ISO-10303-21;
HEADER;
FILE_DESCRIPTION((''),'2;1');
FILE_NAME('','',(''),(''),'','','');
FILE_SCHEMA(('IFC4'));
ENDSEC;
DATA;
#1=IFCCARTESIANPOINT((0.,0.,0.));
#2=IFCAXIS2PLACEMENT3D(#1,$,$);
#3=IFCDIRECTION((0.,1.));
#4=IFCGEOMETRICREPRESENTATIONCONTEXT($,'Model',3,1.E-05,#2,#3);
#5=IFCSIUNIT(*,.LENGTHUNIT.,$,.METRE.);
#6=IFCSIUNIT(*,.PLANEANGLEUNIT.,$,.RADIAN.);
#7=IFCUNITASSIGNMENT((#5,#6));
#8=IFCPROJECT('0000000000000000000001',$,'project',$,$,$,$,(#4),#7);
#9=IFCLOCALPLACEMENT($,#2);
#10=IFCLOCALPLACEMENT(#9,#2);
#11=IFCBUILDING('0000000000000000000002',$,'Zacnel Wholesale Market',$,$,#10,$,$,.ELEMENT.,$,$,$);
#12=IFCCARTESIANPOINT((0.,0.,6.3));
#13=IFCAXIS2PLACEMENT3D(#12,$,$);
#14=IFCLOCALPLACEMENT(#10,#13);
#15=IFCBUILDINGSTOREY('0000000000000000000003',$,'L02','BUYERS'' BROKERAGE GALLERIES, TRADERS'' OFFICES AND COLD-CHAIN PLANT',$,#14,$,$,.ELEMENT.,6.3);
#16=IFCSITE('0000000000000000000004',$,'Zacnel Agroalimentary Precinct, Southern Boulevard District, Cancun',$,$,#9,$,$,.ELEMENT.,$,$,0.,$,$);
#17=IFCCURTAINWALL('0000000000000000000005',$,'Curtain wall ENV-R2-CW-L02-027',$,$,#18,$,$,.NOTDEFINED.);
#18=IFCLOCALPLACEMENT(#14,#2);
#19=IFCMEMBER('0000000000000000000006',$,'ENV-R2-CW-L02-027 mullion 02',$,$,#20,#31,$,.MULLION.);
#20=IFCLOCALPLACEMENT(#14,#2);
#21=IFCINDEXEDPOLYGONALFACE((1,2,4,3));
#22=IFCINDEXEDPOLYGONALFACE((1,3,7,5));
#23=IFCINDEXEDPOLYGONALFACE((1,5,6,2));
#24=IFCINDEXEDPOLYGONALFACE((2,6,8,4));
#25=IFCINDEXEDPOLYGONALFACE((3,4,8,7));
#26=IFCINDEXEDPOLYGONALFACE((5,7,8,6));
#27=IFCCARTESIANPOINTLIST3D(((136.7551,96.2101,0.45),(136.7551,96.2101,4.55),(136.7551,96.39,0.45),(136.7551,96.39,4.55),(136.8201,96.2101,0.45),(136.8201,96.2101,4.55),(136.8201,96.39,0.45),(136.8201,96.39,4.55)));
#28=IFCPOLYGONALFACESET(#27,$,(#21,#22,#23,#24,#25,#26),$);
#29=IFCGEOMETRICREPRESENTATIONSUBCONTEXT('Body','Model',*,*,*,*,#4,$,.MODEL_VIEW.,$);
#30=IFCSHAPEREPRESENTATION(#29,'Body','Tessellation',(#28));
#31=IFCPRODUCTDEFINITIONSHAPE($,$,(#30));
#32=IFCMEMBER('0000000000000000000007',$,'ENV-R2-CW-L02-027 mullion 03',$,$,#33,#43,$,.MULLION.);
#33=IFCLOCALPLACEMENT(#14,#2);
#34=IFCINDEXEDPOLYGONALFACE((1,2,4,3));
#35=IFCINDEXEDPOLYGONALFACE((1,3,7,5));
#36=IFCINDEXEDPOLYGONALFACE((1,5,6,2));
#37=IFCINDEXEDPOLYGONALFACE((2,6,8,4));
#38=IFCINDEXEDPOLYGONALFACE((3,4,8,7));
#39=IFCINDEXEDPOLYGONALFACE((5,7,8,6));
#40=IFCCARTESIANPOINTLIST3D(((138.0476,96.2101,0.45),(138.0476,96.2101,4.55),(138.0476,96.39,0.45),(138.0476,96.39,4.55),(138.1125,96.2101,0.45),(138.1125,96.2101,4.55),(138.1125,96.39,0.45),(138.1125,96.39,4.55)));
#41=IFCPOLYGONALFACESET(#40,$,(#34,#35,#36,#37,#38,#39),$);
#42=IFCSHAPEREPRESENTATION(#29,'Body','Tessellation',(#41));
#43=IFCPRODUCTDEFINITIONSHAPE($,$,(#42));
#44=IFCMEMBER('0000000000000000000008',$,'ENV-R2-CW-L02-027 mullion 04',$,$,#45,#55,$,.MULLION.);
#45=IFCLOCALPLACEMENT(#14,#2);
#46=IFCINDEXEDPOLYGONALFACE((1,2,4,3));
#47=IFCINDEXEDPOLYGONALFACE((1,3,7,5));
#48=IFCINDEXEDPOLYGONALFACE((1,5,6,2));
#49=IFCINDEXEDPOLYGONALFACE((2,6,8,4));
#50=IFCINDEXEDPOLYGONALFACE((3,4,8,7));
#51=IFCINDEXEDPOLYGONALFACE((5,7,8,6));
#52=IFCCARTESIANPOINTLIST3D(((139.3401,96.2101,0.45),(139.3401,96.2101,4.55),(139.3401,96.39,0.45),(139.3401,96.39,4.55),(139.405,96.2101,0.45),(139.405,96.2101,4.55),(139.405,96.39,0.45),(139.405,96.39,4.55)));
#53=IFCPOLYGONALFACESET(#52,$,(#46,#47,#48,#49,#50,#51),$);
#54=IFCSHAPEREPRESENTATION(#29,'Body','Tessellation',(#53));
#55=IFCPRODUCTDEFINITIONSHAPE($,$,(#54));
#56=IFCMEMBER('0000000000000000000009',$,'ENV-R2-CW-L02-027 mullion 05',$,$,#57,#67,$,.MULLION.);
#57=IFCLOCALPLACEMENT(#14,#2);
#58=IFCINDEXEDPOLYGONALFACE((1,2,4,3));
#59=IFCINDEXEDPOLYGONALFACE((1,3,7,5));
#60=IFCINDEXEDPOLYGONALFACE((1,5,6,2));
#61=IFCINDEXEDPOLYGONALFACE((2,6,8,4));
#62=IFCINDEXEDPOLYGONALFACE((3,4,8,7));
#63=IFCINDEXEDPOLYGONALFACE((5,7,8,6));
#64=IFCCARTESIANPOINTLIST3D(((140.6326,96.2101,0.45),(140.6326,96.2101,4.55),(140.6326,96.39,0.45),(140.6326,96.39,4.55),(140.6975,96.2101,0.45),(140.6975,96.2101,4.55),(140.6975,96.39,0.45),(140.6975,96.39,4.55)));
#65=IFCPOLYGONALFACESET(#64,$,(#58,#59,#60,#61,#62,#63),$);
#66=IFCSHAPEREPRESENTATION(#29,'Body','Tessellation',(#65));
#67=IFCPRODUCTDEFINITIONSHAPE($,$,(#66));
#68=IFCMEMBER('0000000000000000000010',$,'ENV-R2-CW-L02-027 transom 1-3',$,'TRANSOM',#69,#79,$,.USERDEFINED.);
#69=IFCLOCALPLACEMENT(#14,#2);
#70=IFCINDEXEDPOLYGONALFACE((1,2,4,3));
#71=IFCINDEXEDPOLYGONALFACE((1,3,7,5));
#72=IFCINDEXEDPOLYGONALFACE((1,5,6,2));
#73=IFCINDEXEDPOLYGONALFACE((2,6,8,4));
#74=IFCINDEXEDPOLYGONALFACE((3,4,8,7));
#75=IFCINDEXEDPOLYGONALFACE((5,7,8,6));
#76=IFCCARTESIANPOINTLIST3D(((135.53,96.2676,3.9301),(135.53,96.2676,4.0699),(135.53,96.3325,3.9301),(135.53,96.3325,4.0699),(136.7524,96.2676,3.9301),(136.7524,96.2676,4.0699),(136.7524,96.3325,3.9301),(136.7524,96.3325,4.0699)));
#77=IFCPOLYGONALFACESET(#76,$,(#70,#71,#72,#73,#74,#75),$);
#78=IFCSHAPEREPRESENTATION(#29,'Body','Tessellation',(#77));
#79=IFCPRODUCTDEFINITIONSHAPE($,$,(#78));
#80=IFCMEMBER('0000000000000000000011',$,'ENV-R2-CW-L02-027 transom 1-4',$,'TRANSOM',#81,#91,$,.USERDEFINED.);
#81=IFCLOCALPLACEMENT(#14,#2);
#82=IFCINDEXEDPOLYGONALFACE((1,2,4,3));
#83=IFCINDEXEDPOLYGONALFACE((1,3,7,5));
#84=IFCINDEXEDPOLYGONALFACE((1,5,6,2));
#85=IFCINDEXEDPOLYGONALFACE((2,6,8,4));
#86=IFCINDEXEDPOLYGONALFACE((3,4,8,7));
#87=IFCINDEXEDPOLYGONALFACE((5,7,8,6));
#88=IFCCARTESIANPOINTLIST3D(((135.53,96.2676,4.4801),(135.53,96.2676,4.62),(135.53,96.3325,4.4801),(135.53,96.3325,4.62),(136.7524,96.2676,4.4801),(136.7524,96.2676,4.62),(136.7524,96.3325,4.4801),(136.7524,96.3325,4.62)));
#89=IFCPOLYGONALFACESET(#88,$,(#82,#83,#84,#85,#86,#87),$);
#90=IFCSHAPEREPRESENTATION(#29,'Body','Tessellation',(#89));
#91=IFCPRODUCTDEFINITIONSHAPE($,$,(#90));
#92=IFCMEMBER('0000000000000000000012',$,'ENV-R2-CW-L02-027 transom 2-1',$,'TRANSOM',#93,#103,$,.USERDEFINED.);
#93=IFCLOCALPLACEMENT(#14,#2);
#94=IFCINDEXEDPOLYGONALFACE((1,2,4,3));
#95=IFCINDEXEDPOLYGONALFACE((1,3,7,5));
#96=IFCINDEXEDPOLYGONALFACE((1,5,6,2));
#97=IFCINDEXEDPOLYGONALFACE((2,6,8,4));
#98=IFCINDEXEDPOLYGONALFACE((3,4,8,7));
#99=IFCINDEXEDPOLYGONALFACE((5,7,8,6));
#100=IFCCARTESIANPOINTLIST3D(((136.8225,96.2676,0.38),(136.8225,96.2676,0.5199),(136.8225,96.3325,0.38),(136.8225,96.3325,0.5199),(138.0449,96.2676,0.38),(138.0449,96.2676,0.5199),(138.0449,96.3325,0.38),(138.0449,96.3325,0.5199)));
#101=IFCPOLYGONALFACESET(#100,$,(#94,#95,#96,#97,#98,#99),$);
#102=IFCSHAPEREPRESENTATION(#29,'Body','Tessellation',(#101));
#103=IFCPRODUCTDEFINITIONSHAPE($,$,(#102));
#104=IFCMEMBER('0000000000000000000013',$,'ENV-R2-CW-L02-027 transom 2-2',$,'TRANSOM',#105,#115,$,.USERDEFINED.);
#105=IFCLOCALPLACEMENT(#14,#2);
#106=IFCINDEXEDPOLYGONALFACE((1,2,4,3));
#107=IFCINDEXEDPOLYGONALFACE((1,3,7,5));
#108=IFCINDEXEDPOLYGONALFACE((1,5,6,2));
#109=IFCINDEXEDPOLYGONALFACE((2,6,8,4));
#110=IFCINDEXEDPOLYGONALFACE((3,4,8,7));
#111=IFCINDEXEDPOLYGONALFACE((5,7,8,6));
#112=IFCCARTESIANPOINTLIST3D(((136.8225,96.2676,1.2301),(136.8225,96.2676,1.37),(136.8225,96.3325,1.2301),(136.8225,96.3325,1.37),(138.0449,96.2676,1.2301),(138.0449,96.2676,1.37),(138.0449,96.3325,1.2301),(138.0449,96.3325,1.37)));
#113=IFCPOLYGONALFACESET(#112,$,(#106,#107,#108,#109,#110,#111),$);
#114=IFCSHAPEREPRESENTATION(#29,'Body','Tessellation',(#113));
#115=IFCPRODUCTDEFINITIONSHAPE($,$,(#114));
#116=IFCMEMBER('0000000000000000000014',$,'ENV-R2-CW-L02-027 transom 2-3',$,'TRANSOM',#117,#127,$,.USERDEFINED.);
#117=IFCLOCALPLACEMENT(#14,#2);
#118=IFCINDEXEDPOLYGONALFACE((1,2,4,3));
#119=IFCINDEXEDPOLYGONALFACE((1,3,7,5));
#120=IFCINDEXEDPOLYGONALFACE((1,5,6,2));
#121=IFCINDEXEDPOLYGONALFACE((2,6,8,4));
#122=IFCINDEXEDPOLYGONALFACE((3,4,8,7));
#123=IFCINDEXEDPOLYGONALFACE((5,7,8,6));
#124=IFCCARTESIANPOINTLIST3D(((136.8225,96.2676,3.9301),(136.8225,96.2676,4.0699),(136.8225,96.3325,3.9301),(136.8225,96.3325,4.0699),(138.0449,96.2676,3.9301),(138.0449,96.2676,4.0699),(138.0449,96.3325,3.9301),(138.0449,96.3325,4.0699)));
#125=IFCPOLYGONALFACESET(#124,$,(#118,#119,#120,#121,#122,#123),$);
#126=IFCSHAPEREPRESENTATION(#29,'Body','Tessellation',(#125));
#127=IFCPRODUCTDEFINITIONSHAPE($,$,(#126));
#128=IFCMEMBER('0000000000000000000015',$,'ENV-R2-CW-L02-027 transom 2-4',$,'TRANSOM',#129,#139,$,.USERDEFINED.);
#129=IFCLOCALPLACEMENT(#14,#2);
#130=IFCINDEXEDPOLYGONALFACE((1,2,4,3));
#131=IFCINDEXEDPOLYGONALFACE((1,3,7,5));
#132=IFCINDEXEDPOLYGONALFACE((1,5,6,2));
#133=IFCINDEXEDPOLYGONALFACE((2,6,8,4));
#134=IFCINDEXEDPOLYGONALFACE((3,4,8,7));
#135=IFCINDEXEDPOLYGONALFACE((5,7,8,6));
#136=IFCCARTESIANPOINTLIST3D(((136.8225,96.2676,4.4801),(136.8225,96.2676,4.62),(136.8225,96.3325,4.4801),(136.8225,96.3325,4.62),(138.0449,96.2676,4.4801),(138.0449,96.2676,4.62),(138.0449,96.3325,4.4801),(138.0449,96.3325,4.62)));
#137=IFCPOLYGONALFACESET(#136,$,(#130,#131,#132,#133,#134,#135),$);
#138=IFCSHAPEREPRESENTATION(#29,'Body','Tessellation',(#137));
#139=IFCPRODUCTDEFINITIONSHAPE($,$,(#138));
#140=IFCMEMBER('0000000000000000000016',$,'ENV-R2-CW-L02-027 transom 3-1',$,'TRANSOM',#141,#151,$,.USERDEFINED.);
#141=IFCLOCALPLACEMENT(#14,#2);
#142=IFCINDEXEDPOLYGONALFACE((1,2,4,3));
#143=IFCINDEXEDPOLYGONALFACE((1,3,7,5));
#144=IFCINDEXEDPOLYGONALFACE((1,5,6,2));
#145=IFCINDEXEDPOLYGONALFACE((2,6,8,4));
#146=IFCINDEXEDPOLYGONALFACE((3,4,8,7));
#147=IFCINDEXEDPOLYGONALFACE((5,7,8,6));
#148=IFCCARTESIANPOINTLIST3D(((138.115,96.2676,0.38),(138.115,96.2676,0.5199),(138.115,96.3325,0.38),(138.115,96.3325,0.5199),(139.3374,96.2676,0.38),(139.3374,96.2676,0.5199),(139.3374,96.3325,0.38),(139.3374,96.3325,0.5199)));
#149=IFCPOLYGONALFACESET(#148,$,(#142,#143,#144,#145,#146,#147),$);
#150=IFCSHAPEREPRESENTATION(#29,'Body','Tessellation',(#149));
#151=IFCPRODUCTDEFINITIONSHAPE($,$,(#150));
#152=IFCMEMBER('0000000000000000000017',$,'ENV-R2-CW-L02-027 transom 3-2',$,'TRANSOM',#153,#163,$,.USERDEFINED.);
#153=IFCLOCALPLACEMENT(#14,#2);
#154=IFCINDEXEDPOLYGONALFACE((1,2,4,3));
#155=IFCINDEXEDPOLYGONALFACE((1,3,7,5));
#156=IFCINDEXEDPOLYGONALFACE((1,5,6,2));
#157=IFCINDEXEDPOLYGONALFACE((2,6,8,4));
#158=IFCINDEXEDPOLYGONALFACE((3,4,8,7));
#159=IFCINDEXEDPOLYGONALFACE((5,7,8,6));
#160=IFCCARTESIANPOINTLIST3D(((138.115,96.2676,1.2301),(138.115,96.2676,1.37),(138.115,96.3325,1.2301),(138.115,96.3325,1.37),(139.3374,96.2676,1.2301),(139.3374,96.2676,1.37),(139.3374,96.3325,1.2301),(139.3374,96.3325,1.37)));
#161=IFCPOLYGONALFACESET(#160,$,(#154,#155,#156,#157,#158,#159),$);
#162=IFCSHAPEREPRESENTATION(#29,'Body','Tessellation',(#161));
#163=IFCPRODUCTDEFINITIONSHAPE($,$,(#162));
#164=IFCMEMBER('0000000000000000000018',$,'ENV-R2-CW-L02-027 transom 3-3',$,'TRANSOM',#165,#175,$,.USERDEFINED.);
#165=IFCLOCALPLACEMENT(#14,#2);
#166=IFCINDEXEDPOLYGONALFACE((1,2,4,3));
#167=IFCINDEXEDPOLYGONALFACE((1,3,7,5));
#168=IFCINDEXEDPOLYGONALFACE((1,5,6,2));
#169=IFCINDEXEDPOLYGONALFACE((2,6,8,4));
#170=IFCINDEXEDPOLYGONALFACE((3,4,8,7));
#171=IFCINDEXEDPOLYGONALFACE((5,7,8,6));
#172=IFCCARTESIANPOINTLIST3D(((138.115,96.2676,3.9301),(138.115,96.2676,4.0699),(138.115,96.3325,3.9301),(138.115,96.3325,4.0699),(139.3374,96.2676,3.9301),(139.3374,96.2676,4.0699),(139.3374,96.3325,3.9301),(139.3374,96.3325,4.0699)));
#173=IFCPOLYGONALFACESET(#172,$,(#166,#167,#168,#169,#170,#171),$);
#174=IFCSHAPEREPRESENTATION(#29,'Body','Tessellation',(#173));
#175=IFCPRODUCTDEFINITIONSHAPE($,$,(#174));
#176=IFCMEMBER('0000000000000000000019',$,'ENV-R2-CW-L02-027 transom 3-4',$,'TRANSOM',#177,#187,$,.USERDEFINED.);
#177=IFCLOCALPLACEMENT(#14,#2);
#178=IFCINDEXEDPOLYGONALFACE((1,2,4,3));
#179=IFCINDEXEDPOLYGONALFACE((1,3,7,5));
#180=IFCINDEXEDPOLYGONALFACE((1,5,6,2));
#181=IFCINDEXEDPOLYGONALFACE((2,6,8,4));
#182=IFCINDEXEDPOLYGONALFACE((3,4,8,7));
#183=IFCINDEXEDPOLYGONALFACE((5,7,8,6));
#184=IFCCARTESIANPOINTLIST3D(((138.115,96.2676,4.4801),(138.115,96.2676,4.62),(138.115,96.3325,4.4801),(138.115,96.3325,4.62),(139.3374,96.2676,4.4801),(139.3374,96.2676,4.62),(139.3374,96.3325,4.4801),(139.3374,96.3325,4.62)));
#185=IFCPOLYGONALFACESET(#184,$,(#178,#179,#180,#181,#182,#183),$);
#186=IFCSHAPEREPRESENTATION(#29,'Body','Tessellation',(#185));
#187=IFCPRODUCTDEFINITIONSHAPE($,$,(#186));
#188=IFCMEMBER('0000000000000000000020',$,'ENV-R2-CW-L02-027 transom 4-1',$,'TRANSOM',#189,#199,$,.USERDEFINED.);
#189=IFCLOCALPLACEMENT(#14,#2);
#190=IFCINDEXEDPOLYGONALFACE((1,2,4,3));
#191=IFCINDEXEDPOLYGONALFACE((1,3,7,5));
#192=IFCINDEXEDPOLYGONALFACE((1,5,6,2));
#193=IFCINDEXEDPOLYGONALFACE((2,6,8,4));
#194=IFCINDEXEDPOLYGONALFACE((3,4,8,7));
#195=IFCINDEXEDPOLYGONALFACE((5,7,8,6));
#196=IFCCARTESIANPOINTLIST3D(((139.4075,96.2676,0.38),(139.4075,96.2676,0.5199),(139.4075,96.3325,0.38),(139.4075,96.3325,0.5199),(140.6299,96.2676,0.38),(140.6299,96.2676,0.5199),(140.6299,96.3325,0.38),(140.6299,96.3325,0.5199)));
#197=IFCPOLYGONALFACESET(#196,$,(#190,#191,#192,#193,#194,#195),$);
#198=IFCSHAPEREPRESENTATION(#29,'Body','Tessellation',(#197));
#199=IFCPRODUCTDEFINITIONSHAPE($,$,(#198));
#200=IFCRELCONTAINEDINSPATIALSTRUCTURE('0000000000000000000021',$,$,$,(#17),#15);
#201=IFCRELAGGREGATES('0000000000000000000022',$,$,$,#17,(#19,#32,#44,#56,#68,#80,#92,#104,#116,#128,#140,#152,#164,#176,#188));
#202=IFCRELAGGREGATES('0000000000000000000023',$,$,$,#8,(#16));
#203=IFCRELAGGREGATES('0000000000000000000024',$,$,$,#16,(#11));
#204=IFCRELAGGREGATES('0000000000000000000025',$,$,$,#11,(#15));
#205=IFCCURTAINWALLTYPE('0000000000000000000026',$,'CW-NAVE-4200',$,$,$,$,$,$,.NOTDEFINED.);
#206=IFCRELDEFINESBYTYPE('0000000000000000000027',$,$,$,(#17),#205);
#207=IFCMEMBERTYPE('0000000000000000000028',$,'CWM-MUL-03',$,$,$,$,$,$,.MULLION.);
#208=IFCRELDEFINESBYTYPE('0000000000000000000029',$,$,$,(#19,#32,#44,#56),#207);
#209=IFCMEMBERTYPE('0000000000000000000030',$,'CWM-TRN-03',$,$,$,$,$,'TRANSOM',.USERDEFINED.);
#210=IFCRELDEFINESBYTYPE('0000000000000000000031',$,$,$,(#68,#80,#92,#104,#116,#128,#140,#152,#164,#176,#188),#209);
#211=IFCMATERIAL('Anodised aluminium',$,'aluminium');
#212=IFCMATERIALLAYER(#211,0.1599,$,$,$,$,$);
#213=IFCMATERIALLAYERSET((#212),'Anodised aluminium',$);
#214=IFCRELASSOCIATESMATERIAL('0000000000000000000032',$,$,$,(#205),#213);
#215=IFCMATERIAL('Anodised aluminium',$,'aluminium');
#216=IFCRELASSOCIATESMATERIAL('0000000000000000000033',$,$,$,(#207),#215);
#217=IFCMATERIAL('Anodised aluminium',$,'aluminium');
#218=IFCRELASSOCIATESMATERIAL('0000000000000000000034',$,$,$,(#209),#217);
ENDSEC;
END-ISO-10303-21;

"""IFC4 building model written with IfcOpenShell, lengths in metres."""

from ifc_helpers import new_model, si_unit, direction, frame, origin, origin_2d, place, context, subcontext, project, spatial, rectangle, extrude, material, layer, layer_set, material_profile, profile_set, type_object, element, aggregate, save


model = new_model("IFC4")

# Units and contexts
model_context = context("Model", 3, precision=1e-05, world=origin(), true_north=direction((0.0, 1.0)))
body_context = subcontext(model_context, "Body", "Model", "MODEL_VIEW")
ifc_project = project(units=[si_unit("LENGTHUNIT", "METRE"), si_unit("PLANEANGLEUNIT", "RADIAN")], contexts=[model_context])

# Site, building, storey
site_placement = place(None, origin())
site = spatial("IfcSite", under=ifc_project, at=site_placement, Name="Zacnel Agroalimentary Precinct, Southern Boulevard District, Cancun", CompositionType="ELEMENT", RefElevation=0.0)
building_placement = place(site_placement, origin())
building = spatial("IfcBuilding", under=site, at=building_placement, Name="Zacnel Wholesale Market", CompositionType="ELEMENT")
storey_placement = place(building_placement, frame((0.0, 0.0, 6.3)))
storey = spatial("IfcBuildingStorey", under=building, at=storey_placement, Name="L02", Description="BUYERS' BROKERAGE GALLERIES, TRADERS' OFFICES AND COLD-CHAIN PLANT", CompositionType="ELEMENT", Elevation=6.3)

# Curtain wall, members
ifc_material_1 = material(Name="Anodised aluminium", Category="aluminium")
ifc_layer_1 = layer(ifc_material_1, 0.1599)
ifc_layer_set_1 = layer_set([ifc_layer_1], Name="Anodised aluminium")
curtain_wall_type = type_object("IfcCurtainWallType", Name="CW-NAVE-4200", PredefinedType="NOTDEFINED", material=ifc_layer_set_1)
curtain_wall_placement = place(storey_placement, origin())
curtain_wall = element("IfcCurtainWall", 1, at=curtain_wall_placement, inside=storey, type_object=curtain_wall_type, Name="Curtain wall ENV-R2-CW-L02-027", PredefinedType="NOTDEFINED")
ifc_material_2 = material(Name="Anodised aluminium", Category="aluminium")
ifc_material_profile_1 = material_profile(ifc_material_2, rectangle(XDim=0.0649, YDim=0.1799, at=origin_2d()), Name="AW-MULLION 65x180")
ifc_profile_set_1 = profile_set([ifc_material_profile_1], Name="Anodised aluminium")
member_type_1 = type_object("IfcMemberType", Name="CWM-MUL-03", PredefinedType="MULLION", material=ifc_profile_set_1)
member_1_placement = place(storey_placement, frame((136.7876, 96.3, 0.45), z_axis=(0.0, 0.0, 1.0), x_axis=(1.0, 0.0, 0.0)))
member_1 = element("IfcMember", 2, at=member_1_placement, type_object=member_type_1, Name="ENV-R2-CW-L02-027 mullion 02", PredefinedType="MULLION", context=body_context, shape_type="SweptSolid", body=[
    extrude(rectangle(XDim=0.0649, YDim=0.1799, at=origin_2d()), origin(), (0.0, 0.0, 1.0), 4.1001),
])
member_2_placement = place(storey_placement, frame((138.0801, 96.3, 0.45), z_axis=(0.0, 0.0, 1.0), x_axis=(1.0, 0.0, 0.0)))
member_2 = element("IfcMember", 3, at=member_2_placement, type_object=member_type_1, Name="ENV-R2-CW-L02-027 mullion 03", PredefinedType="MULLION", context=body_context, shape_type="SweptSolid", body=[
    extrude(rectangle(XDim=0.0649, YDim=0.1799, at=origin_2d()), origin(), (0.0, 0.0, 1.0), 4.1001),
])
member_3_placement = place(storey_placement, frame((139.3726, 96.3, 0.45), z_axis=(0.0, 0.0, 1.0), x_axis=(1.0, 0.0, 0.0)))
member_3 = element("IfcMember", 4, at=member_3_placement, type_object=member_type_1, Name="ENV-R2-CW-L02-027 mullion 04", PredefinedType="MULLION", context=body_context, shape_type="SweptSolid", body=[
    extrude(rectangle(XDim=0.0649, YDim=0.1799, at=origin_2d()), origin(), (0.0, 0.0, 1.0), 4.1001),
])
member_4_placement = place(storey_placement, frame((140.665, 96.3, 0.45), z_axis=(0.0, 0.0, 1.0), x_axis=(1.0, 0.0, 0.0)))
member_4 = element("IfcMember", 5, at=member_4_placement, type_object=member_type_1, Name="ENV-R2-CW-L02-027 mullion 05", PredefinedType="MULLION", context=body_context, shape_type="SweptSolid", body=[
    extrude(rectangle(XDim=0.0649, YDim=0.1799, at=origin_2d()), origin(), (0.0, 0.0, 1.0), 4.1001),
])
ifc_material_3 = material(Name="Anodised aluminium", Category="aluminium")
ifc_material_profile_2 = material_profile(ifc_material_3, rectangle(XDim=0.0649, YDim=0.1399, at=origin_2d()), Name="AW-TRANSOM 65x140")
ifc_profile_set_2 = profile_set([ifc_material_profile_2], Name="Anodised aluminium")
member_type_2 = type_object("IfcMemberType", Name="CWM-TRN-03", ElementType="TRANSOM", PredefinedType="USERDEFINED", material=ifc_profile_set_2)
member_5_placement = place(storey_placement, frame((135.53, 96.3, 4.0), z_axis=(1.0, 0.0, 0.0), x_axis=(0.0, 1.0, 0.0)))
member_5 = element("IfcMember", 6, at=member_5_placement, type_object=member_type_2, Name="ENV-R2-CW-L02-027 transom 1-3", ObjectType="TRANSOM", PredefinedType="USERDEFINED", context=body_context, shape_type="SweptSolid", body=[
    extrude(rectangle(XDim=0.0649, YDim=0.1399, at=origin_2d()), origin(), (0.0, 0.0, 1.0), 1.2224),
])
member_6_placement = place(storey_placement, frame((135.53, 96.3, 4.55), z_axis=(1.0, 0.0, 0.0), x_axis=(0.0, 1.0, 0.0)))
member_6 = element("IfcMember", 7, at=member_6_placement, type_object=member_type_2, Name="ENV-R2-CW-L02-027 transom 1-4", ObjectType="TRANSOM", PredefinedType="USERDEFINED", context=body_context, shape_type="SweptSolid", body=[
    extrude(rectangle(XDim=0.0649, YDim=0.1399, at=origin_2d()), origin(), (0.0, 0.0, 1.0), 1.2224),
])
member_7_placement = place(storey_placement, frame((136.8225, 96.3, 0.45), z_axis=(1.0, 0.0, 0.0), x_axis=(0.0, 1.0, 0.0)))
member_7 = element("IfcMember", 8, at=member_7_placement, type_object=member_type_2, Name="ENV-R2-CW-L02-027 transom 2-1", ObjectType="TRANSOM", PredefinedType="USERDEFINED", context=body_context, shape_type="SweptSolid", body=[
    extrude(rectangle(XDim=0.0649, YDim=0.1399, at=origin_2d()), origin(), (0.0, 0.0, 1.0), 1.2224),
])
member_8_placement = place(storey_placement, frame((136.8225, 96.3, 1.3), z_axis=(1.0, 0.0, 0.0), x_axis=(0.0, 1.0, 0.0)))
member_8 = element("IfcMember", 9, at=member_8_placement, type_object=member_type_2, Name="ENV-R2-CW-L02-027 transom 2-2", ObjectType="TRANSOM", PredefinedType="USERDEFINED", context=body_context, shape_type="SweptSolid", body=[
    extrude(rectangle(XDim=0.0649, YDim=0.1399, at=origin_2d()), origin(), (0.0, 0.0, 1.0), 1.2224),
])
member_9_placement = place(storey_placement, frame((136.8225, 96.3, 4.0), z_axis=(1.0, 0.0, 0.0), x_axis=(0.0, 1.0, 0.0)))
member_9 = element("IfcMember", 10, at=member_9_placement, type_object=member_type_2, Name="ENV-R2-CW-L02-027 transom 2-3", ObjectType="TRANSOM", PredefinedType="USERDEFINED", context=body_context, shape_type="SweptSolid", body=[
    extrude(rectangle(XDim=0.0649, YDim=0.1399, at=origin_2d()), origin(), (0.0, 0.0, 1.0), 1.2224),
])
member_10_placement = place(storey_placement, frame((136.8225, 96.3, 4.55), z_axis=(1.0, 0.0, 0.0), x_axis=(0.0, 1.0, 0.0)))
member_10 = element("IfcMember", 11, at=member_10_placement, type_object=member_type_2, Name="ENV-R2-CW-L02-027 transom 2-4", ObjectType="TRANSOM", PredefinedType="USERDEFINED", context=body_context, shape_type="SweptSolid", body=[
    extrude(rectangle(XDim=0.0649, YDim=0.1399, at=origin_2d()), origin(), (0.0, 0.0, 1.0), 1.2224),
])
member_11_placement = place(storey_placement, frame((138.115, 96.3, 0.45), z_axis=(1.0, 0.0, 0.0), x_axis=(0.0, 1.0, 0.0)))
member_11 = element("IfcMember", 12, at=member_11_placement, type_object=member_type_2, Name="ENV-R2-CW-L02-027 transom 3-1", ObjectType="TRANSOM", PredefinedType="USERDEFINED", context=body_context, shape_type="SweptSolid", body=[
    extrude(rectangle(XDim=0.0649, YDim=0.1399, at=origin_2d()), origin(), (0.0, 0.0, 1.0), 1.2224),
])
member_12_placement = place(storey_placement, frame((138.115, 96.3, 1.3), z_axis=(1.0, 0.0, 0.0), x_axis=(0.0, 1.0, 0.0)))
member_12 = element("IfcMember", 13, at=member_12_placement, type_object=member_type_2, Name="ENV-R2-CW-L02-027 transom 3-2", ObjectType="TRANSOM", PredefinedType="USERDEFINED", context=body_context, shape_type="SweptSolid", body=[
    extrude(rectangle(XDim=0.0649, YDim=0.1399, at=origin_2d()), origin(), (0.0, 0.0, 1.0), 1.2224),
])
member_13_placement = place(storey_placement, frame((138.115, 96.3, 4.0), z_axis=(1.0, 0.0, 0.0), x_axis=(0.0, 1.0, 0.0)))
member_13 = element("IfcMember", 14, at=member_13_placement, type_object=member_type_2, Name="ENV-R2-CW-L02-027 transom 3-3", ObjectType="TRANSOM", PredefinedType="USERDEFINED", context=body_context, shape_type="SweptSolid", body=[
    extrude(rectangle(XDim=0.0649, YDim=0.1399, at=origin_2d()), origin(), (0.0, 0.0, 1.0), 1.2224),
])
member_14_placement = place(storey_placement, frame((138.115, 96.3, 4.55), z_axis=(1.0, 0.0, 0.0), x_axis=(0.0, 1.0, 0.0)))
member_14 = element("IfcMember", 15, at=member_14_placement, type_object=member_type_2, Name="ENV-R2-CW-L02-027 transom 3-4", ObjectType="TRANSOM", PredefinedType="USERDEFINED", context=body_context, shape_type="SweptSolid", body=[
    extrude(rectangle(XDim=0.0649, YDim=0.1399, at=origin_2d()), origin(), (0.0, 0.0, 1.0), 1.2224),
])
member_15_placement = place(storey_placement, frame((139.4075, 96.3, 0.45), z_axis=(1.0, 0.0, 0.0), x_axis=(0.0, 1.0, 0.0)))
member_15 = element("IfcMember", 16, at=member_15_placement, type_object=member_type_2, Name="ENV-R2-CW-L02-027 transom 4-1", ObjectType="TRANSOM", PredefinedType="USERDEFINED", context=body_context, shape_type="SweptSolid", body=[
    extrude(rectangle(XDim=0.0649, YDim=0.1399, at=origin_2d()), origin(), (0.0, 0.0, 1.0), 1.2224),
])
aggregate(curtain_wall, [member_1, member_2, member_3, member_4, member_5, member_6, member_7, member_8, member_9, member_10, member_11, member_12, member_13, member_14, member_15])

save(model, "model.ifc")
